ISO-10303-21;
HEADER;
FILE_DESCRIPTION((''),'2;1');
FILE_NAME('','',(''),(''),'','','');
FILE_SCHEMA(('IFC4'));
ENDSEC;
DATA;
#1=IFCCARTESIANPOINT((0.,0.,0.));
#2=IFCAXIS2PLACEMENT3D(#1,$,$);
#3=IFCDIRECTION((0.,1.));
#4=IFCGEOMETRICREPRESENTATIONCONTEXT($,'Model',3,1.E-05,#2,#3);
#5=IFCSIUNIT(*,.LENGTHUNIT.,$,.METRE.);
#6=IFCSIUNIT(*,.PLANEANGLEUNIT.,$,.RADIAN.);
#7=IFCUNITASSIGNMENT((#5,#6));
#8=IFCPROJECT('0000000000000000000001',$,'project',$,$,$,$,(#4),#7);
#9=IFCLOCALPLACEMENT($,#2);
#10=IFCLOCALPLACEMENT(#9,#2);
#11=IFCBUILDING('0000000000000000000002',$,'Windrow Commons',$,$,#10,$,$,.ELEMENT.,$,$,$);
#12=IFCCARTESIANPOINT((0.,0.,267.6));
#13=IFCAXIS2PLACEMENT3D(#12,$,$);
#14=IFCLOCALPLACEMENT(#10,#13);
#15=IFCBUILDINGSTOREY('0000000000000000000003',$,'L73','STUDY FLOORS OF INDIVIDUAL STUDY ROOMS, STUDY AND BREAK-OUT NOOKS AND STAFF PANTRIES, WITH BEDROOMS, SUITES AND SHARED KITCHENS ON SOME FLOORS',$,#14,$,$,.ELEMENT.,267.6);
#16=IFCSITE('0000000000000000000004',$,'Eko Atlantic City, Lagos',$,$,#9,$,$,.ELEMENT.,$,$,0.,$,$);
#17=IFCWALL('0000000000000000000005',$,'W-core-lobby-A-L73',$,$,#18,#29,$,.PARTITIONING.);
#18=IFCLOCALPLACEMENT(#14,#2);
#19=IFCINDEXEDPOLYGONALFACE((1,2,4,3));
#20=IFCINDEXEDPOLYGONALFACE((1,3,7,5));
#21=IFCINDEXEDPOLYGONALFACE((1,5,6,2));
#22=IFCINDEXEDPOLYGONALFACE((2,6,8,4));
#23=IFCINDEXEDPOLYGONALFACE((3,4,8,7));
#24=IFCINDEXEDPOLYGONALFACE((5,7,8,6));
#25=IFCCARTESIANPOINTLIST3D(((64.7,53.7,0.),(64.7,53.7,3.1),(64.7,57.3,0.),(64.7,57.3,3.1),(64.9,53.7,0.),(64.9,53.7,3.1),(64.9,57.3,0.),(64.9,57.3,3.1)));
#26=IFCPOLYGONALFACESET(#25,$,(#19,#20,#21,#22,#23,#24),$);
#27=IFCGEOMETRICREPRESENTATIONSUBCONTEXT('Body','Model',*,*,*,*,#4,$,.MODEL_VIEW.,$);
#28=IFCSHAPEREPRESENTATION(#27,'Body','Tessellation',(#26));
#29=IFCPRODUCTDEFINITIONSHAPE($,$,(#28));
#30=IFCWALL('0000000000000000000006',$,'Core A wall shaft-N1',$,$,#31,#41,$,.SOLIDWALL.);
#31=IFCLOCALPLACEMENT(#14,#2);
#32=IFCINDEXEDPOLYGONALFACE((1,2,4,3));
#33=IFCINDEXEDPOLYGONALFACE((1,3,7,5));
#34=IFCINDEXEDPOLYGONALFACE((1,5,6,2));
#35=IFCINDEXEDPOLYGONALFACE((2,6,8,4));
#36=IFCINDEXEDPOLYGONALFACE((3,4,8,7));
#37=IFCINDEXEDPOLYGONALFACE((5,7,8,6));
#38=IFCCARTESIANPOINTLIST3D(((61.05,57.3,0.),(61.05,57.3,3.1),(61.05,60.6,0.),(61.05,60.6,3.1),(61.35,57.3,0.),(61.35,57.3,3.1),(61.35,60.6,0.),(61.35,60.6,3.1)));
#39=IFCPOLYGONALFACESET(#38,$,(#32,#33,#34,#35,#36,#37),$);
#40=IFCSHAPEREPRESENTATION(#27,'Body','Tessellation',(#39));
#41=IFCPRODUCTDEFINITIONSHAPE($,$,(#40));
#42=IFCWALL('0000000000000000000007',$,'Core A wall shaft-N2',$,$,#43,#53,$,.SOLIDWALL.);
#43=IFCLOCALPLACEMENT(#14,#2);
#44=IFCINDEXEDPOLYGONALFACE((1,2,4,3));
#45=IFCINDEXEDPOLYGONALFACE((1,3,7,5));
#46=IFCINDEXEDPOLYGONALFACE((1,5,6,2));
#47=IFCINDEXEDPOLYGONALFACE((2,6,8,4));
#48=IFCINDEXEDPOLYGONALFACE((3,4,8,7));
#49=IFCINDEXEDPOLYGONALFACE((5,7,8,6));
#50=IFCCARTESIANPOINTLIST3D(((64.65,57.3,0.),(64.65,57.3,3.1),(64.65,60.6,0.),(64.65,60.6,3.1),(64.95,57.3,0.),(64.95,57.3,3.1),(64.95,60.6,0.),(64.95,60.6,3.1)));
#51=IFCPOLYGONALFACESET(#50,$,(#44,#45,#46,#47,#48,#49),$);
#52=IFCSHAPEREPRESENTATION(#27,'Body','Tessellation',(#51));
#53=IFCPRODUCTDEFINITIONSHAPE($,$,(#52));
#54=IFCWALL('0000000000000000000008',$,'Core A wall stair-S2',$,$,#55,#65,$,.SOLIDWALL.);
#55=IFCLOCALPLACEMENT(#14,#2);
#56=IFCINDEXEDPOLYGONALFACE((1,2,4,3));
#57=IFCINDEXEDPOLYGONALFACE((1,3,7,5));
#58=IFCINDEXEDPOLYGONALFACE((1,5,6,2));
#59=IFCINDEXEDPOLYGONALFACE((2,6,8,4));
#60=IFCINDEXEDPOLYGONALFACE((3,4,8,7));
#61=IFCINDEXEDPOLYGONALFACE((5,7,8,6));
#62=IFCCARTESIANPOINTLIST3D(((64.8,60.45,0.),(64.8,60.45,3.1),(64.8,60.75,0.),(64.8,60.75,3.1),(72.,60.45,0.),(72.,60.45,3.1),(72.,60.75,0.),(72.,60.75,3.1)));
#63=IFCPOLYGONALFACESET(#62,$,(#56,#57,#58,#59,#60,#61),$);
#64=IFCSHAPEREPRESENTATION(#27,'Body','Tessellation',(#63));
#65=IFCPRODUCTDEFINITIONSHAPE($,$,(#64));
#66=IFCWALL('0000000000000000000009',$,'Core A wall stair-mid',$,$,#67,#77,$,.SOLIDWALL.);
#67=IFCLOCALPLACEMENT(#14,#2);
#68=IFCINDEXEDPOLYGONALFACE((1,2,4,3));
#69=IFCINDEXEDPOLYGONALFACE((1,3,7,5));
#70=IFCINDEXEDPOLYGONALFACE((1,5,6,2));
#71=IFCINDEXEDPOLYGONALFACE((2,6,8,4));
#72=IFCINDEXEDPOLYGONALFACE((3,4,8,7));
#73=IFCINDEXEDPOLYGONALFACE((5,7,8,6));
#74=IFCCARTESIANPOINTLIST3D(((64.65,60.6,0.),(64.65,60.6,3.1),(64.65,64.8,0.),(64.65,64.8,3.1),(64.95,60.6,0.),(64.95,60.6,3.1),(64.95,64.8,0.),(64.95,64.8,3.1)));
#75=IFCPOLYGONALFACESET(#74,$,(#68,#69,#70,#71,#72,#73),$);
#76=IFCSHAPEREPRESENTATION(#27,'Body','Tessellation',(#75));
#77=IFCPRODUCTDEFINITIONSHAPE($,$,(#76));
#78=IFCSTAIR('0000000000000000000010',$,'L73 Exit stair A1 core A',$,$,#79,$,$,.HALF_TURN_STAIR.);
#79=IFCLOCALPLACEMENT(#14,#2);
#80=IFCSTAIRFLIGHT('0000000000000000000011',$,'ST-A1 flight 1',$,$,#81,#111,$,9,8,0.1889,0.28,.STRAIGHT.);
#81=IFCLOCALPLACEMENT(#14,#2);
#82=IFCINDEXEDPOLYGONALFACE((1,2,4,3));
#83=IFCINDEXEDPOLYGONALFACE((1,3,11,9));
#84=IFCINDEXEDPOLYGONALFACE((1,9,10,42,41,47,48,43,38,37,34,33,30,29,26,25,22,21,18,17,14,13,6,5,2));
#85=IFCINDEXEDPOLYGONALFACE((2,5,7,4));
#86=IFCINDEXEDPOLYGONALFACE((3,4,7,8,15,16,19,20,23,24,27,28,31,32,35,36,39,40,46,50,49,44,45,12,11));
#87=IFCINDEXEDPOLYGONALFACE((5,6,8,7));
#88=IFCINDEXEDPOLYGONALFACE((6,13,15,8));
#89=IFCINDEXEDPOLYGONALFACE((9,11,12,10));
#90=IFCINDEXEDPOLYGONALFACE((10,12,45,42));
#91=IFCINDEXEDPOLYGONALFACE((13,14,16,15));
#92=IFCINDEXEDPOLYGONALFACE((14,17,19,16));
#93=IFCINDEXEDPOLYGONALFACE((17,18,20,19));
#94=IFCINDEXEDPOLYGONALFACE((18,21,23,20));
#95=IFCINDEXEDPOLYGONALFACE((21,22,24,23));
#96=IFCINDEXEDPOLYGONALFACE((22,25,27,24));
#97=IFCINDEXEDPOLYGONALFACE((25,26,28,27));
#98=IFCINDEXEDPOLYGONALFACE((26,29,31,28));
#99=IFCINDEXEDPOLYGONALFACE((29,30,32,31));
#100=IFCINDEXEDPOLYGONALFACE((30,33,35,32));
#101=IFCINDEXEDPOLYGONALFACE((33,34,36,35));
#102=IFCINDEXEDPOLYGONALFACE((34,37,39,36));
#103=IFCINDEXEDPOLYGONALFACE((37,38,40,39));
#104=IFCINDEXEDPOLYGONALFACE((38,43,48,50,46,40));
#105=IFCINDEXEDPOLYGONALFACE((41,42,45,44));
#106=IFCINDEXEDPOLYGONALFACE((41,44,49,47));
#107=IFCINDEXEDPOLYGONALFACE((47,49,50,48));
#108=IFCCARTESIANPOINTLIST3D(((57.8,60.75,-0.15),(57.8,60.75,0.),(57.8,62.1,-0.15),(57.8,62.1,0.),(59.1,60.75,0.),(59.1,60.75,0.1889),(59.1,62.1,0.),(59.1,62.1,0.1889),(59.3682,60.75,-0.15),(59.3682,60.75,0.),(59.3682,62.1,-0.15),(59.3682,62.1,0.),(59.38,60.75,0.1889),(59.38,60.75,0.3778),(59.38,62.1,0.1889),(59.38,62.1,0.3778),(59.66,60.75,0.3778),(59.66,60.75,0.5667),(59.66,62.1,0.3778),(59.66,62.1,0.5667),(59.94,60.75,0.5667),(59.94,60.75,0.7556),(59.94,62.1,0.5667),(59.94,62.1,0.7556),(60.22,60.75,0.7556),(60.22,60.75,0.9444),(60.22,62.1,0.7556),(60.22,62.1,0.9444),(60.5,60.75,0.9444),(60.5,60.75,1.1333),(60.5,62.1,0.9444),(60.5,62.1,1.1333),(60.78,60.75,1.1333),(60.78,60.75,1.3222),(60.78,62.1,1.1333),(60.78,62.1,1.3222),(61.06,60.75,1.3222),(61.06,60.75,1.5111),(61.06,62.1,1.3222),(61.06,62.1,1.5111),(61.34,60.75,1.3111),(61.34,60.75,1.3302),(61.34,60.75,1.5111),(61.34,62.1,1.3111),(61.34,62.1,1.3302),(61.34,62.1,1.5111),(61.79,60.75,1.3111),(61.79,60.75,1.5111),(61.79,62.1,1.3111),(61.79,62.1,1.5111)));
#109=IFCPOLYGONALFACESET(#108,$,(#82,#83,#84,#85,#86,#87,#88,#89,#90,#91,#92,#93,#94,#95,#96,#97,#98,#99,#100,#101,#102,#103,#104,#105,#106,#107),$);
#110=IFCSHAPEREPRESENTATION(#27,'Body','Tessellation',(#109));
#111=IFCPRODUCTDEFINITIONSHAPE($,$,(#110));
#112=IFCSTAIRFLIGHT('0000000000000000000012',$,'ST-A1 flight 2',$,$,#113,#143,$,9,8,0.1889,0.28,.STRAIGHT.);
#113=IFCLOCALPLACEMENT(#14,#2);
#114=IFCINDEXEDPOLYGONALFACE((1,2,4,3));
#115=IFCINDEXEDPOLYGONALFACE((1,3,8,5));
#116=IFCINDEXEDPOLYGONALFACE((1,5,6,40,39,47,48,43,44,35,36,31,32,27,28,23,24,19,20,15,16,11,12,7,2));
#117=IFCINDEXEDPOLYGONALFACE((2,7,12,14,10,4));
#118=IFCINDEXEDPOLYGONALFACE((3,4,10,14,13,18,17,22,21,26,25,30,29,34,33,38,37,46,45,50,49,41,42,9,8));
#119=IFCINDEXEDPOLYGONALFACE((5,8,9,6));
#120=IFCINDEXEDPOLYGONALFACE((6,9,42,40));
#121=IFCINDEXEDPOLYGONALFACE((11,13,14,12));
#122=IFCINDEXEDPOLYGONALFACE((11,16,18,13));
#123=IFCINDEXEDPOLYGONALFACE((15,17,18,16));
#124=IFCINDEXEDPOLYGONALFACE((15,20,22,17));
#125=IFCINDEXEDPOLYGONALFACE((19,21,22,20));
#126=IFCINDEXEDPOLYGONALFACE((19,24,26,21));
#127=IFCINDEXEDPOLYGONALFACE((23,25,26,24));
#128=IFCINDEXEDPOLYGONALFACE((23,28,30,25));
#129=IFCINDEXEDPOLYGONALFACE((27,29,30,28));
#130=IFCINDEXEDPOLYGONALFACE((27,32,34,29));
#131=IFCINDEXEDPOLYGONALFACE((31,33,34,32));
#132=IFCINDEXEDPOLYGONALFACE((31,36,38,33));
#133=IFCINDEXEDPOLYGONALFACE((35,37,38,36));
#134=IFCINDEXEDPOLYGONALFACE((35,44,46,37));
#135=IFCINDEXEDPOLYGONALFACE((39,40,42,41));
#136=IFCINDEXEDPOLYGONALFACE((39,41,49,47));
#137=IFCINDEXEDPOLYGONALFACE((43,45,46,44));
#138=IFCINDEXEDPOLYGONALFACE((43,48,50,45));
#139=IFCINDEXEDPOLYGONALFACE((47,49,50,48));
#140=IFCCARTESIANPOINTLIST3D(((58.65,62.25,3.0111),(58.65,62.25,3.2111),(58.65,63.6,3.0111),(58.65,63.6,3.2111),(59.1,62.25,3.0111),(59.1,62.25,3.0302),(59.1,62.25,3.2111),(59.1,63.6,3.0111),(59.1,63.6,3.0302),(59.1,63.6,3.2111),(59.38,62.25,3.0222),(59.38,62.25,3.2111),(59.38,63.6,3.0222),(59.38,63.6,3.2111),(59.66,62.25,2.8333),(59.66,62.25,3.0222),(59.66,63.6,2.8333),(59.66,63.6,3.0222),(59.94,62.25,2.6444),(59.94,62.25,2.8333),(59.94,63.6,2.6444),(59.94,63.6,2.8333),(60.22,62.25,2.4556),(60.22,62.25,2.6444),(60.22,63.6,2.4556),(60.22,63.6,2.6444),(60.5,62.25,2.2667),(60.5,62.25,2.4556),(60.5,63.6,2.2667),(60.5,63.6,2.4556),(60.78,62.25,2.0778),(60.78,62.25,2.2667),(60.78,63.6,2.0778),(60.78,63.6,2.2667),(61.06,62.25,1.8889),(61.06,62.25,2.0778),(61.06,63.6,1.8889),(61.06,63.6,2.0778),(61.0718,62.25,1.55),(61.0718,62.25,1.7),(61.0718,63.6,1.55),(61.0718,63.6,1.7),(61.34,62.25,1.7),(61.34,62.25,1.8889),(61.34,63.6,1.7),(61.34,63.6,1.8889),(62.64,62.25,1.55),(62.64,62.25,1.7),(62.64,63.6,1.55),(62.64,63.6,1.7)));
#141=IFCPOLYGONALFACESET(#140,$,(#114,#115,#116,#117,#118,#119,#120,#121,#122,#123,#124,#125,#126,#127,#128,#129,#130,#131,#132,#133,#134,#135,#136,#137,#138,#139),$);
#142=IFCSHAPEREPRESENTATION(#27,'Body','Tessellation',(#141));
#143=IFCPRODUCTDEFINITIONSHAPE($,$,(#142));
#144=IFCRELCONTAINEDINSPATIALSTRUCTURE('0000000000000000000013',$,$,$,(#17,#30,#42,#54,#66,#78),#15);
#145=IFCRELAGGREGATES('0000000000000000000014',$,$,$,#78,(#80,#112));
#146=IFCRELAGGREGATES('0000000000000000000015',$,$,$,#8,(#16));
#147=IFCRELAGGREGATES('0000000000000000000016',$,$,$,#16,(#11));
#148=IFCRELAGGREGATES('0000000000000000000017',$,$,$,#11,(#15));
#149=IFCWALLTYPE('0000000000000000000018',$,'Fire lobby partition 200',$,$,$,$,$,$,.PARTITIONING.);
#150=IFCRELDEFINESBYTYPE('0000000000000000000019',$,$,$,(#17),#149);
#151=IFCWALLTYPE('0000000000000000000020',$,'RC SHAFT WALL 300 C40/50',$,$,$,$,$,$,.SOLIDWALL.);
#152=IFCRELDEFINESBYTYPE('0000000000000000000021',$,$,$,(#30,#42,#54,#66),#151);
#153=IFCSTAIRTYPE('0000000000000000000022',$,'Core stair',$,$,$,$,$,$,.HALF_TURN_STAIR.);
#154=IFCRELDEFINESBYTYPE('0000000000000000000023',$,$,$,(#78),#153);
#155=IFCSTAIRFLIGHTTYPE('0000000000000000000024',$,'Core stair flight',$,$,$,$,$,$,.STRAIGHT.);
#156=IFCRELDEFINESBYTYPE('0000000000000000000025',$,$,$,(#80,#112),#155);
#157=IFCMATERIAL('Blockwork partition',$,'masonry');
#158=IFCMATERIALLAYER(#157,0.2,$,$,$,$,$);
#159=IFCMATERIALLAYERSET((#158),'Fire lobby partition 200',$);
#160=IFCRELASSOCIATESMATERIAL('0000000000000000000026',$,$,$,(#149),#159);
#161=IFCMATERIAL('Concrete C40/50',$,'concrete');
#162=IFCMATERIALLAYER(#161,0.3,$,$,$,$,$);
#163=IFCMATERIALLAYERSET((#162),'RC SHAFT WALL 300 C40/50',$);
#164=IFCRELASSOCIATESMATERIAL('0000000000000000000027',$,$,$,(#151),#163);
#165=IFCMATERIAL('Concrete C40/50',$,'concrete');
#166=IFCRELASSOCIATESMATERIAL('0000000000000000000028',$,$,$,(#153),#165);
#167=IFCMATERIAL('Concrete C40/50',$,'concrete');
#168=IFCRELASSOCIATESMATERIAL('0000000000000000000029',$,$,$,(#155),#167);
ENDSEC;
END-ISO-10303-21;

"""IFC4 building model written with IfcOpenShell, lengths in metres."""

from ifc_helpers import new_model, si_unit, direction, frame, frame_2d, origin, place, context, subcontext, project, spatial, polyline, rectangle, outline, extrude, material, layer, layer_set, type_object, element, aggregate, save


model = new_model("IFC4")

# Units and contexts
model_context = context("Model", 3, precision=1e-05, world=origin(), true_north=direction((0.0, 1.0)))
body_context = subcontext(model_context, "Body", "Model", "MODEL_VIEW")
ifc_project = project(units=[si_unit("LENGTHUNIT", "METRE"), si_unit("PLANEANGLEUNIT", "RADIAN")], contexts=[model_context])

# Site, building, storey
site_placement = place(None, origin())
site = spatial("IfcSite", under=ifc_project, at=site_placement, Name="Eko Atlantic City, Lagos", CompositionType="ELEMENT", RefElevation=0.0)
building_placement = place(site_placement, origin())
building = spatial("IfcBuilding", under=site, at=building_placement, Name="Windrow Commons", CompositionType="ELEMENT")
storey_placement = place(building_placement, frame((0.0, 0.0, 267.6)))
storey = spatial("IfcBuildingStorey", under=building, at=storey_placement, Name="L73", Description="STUDY FLOORS OF INDIVIDUAL STUDY ROOMS, STUDY AND BREAK-OUT NOOKS AND STAFF PANTRIES, WITH BEDROOMS, SUITES AND SHARED KITCHENS ON SOME FLOORS", CompositionType="ELEMENT", Elevation=267.6)

# Walls
ifc_material_1 = material(Name="Blockwork partition", Category="masonry")
ifc_layer_1 = layer(ifc_material_1, 0.2)
ifc_layer_set_1 = layer_set([ifc_layer_1], Name="Fire lobby partition 200")
wall_type_1 = type_object("IfcWallType", Name="Fire lobby partition 200", PredefinedType="PARTITIONING", material=ifc_layer_set_1)
wall_1_placement = place(storey_placement, frame((64.8, 53.7, 0.0), z_axis=(0.0, 0.0, 1.0), x_axis=(0.0, 1.0, 0.0)))
element("IfcWall", 1, at=wall_1_placement, inside=storey, type_object=wall_type_1, Name="W-core-lobby-A-L73", PredefinedType="PARTITIONING", context=body_context, shape_type="SweptSolid", body=[
    extrude(rectangle(XDim=3.6, YDim=0.2, at=frame_2d((1.8, 0.0))), origin(), (0.0, 0.0, 1.0), 3.1),
])
ifc_material_2 = material(Name="Concrete C40/50", Category="concrete")
ifc_layer_2 = layer(ifc_material_2, 0.3)
ifc_layer_set_2 = layer_set([ifc_layer_2], Name="RC SHAFT WALL 300 C40/50")
wall_type_2 = type_object("IfcWallType", Name="RC SHAFT WALL 300 C40/50", PredefinedType="SOLIDWALL", material=ifc_layer_set_2)
for number, where, z_axis, x_axis, name in (
    (2, (61.2, 57.3, 0.0), (0.0, 0.0, 1.0), (0.0, 1.0, 0.0), "Core A wall shaft-N1"),
    (3, (64.8, 57.3, 0.0), (0.0, 0.0, 1.0), (0.0, 1.0, 0.0), "Core A wall shaft-N2"),
):
    element("IfcWall", number, at=place(storey_placement, frame(where, z_axis=z_axis, x_axis=x_axis)), inside=storey, type_object=wall_type_2, Name=name, PredefinedType="SOLIDWALL", context=body_context, shape_type="SweptSolid", body=[
        extrude(rectangle(XDim=3.3, YDim=0.3, at=frame_2d((1.65, 0.0))), origin(), (0.0, 0.0, 1.0), 3.1),
    ])
wall_2_placement = place(storey_placement, frame((64.8, 60.6, 0.0), z_axis=(0.0, 0.0, 1.0), x_axis=(1.0, 0.0, 0.0)))
element("IfcWall", 4, at=wall_2_placement, inside=storey, type_object=wall_type_2, Name="Core A wall stair-S2", PredefinedType="SOLIDWALL", context=body_context, shape_type="SweptSolid", body=[
    extrude(rectangle(XDim=7.2, YDim=0.3, at=frame_2d((3.6, 0.0))), origin(), (0.0, 0.0, 1.0), 3.1),
])
wall_3_placement = place(storey_placement, frame((64.8, 60.6, 0.0), z_axis=(0.0, 0.0, 1.0), x_axis=(0.0, 1.0, 0.0)))
element("IfcWall", 5, at=wall_3_placement, inside=storey, type_object=wall_type_2, Name="Core A wall stair-mid", PredefinedType="SOLIDWALL", context=body_context, shape_type="SweptSolid", body=[
    extrude(rectangle(XDim=4.2, YDim=0.3, at=frame_2d((2.1, 0.0))), origin(), (0.0, 0.0, 1.0), 3.1),
])

# Stair, stair flights
ifc_material_3 = material(Name="Concrete C40/50", Category="concrete")
stair_type = type_object("IfcStairType", Name="Core stair", PredefinedType="HALF_TURN_STAIR", material=ifc_material_3)
stair_placement = place(storey_placement, origin())
stair = element("IfcStair", 6, at=stair_placement, inside=storey, type_object=stair_type, Name="L73 Exit stair A1 core A", PredefinedType="HALF_TURN_STAIR")
ifc_material_4 = material(Name="Concrete C40/50", Category="concrete")
stair_flight_type = type_object("IfcStairFlightType", Name="Core stair flight", PredefinedType="STRAIGHT", material=ifc_material_4)
stair_flight_1_placement = place(storey_placement, frame((59.1, 61.425, 0.0), z_axis=(0.0, 0.0, 1.0), x_axis=(1.0, 0.0, 0.0)))
stair_flight_1 = element("IfcStairFlight", 7, at=stair_flight_1_placement, type_object=stair_flight_type, Name="ST-A1 flight 1", NumberOfRisers=9, NumberOfTreads=8, PredefinedType="STRAIGHT", RiserHeight=0.1889, TreadLength=0.28, context=body_context, shape_type="SweptSolid", body=[
    extrude(outline(polyline([(-1.3, -0.15), (-1.3, 0.0), (0.0, 0.0), (0.0, 0.1889), (0.28, 0.1889), (0.28, 0.3778), (0.56, 0.3778), (0.56, 0.5667), (0.84, 0.5667), (0.84, 0.7556), (1.12, 0.7556), (1.12, 0.9444), (1.4, 0.9444), (1.4, 1.1333), (1.68, 1.1333), (1.68, 1.3222), (1.96, 1.3222), (1.96, 1.5111), (2.24, 1.5111), (2.69, 1.5111), (2.69, 1.3111), (2.24, 1.3111), (2.24, 1.3302), (0.2682, 0.0), (0.2682, -0.15), (-1.3, -0.15)])), frame((0.0, 0.675, 0.0), z_axis=(0.0, -1.0, 0.0), x_axis=(1.0, 0.0, 0.0)), (0.0, 0.0, 1.0), 1.35),
])
stair_flight_2_placement = place(storey_placement, frame((61.34, 62.925, 1.7), z_axis=(0.0, 0.0, 1.0), x_axis=(-1.0, 0.0, 0.0)))
stair_flight_2 = element("IfcStairFlight", 8, at=stair_flight_2_placement, type_object=stair_flight_type, Name="ST-A1 flight 2", NumberOfRisers=9, NumberOfTreads=8, PredefinedType="STRAIGHT", RiserHeight=0.1889, TreadLength=0.28, context=body_context, shape_type="SweptSolid", body=[
    extrude(outline(polyline([(-1.3, -0.15), (-1.3, 0.0), (0.0, 0.0), (0.0, 0.1889), (0.28, 0.1889), (0.28, 0.3778), (0.56, 0.3778), (0.56, 0.5667), (0.84, 0.5667), (0.84, 0.7556), (1.12, 0.7556), (1.12, 0.9444), (1.4, 0.9444), (1.4, 1.1333), (1.68, 1.1333), (1.68, 1.3222), (1.96, 1.3222), (1.96, 1.5111), (2.24, 1.5111), (2.69, 1.5111), (2.69, 1.3111), (2.24, 1.3111), (2.24, 1.3302), (0.2682, 0.0), (0.2682, -0.15), (-1.3, -0.15)])), frame((0.0, 0.675, 0.0), z_axis=(0.0, -1.0, 0.0), x_axis=(1.0, 0.0, 0.0)), (0.0, 0.0, 1.0), 1.35),
])
aggregate(stair, [stair_flight_1, stair_flight_2])

save(model, "model.ifc")
